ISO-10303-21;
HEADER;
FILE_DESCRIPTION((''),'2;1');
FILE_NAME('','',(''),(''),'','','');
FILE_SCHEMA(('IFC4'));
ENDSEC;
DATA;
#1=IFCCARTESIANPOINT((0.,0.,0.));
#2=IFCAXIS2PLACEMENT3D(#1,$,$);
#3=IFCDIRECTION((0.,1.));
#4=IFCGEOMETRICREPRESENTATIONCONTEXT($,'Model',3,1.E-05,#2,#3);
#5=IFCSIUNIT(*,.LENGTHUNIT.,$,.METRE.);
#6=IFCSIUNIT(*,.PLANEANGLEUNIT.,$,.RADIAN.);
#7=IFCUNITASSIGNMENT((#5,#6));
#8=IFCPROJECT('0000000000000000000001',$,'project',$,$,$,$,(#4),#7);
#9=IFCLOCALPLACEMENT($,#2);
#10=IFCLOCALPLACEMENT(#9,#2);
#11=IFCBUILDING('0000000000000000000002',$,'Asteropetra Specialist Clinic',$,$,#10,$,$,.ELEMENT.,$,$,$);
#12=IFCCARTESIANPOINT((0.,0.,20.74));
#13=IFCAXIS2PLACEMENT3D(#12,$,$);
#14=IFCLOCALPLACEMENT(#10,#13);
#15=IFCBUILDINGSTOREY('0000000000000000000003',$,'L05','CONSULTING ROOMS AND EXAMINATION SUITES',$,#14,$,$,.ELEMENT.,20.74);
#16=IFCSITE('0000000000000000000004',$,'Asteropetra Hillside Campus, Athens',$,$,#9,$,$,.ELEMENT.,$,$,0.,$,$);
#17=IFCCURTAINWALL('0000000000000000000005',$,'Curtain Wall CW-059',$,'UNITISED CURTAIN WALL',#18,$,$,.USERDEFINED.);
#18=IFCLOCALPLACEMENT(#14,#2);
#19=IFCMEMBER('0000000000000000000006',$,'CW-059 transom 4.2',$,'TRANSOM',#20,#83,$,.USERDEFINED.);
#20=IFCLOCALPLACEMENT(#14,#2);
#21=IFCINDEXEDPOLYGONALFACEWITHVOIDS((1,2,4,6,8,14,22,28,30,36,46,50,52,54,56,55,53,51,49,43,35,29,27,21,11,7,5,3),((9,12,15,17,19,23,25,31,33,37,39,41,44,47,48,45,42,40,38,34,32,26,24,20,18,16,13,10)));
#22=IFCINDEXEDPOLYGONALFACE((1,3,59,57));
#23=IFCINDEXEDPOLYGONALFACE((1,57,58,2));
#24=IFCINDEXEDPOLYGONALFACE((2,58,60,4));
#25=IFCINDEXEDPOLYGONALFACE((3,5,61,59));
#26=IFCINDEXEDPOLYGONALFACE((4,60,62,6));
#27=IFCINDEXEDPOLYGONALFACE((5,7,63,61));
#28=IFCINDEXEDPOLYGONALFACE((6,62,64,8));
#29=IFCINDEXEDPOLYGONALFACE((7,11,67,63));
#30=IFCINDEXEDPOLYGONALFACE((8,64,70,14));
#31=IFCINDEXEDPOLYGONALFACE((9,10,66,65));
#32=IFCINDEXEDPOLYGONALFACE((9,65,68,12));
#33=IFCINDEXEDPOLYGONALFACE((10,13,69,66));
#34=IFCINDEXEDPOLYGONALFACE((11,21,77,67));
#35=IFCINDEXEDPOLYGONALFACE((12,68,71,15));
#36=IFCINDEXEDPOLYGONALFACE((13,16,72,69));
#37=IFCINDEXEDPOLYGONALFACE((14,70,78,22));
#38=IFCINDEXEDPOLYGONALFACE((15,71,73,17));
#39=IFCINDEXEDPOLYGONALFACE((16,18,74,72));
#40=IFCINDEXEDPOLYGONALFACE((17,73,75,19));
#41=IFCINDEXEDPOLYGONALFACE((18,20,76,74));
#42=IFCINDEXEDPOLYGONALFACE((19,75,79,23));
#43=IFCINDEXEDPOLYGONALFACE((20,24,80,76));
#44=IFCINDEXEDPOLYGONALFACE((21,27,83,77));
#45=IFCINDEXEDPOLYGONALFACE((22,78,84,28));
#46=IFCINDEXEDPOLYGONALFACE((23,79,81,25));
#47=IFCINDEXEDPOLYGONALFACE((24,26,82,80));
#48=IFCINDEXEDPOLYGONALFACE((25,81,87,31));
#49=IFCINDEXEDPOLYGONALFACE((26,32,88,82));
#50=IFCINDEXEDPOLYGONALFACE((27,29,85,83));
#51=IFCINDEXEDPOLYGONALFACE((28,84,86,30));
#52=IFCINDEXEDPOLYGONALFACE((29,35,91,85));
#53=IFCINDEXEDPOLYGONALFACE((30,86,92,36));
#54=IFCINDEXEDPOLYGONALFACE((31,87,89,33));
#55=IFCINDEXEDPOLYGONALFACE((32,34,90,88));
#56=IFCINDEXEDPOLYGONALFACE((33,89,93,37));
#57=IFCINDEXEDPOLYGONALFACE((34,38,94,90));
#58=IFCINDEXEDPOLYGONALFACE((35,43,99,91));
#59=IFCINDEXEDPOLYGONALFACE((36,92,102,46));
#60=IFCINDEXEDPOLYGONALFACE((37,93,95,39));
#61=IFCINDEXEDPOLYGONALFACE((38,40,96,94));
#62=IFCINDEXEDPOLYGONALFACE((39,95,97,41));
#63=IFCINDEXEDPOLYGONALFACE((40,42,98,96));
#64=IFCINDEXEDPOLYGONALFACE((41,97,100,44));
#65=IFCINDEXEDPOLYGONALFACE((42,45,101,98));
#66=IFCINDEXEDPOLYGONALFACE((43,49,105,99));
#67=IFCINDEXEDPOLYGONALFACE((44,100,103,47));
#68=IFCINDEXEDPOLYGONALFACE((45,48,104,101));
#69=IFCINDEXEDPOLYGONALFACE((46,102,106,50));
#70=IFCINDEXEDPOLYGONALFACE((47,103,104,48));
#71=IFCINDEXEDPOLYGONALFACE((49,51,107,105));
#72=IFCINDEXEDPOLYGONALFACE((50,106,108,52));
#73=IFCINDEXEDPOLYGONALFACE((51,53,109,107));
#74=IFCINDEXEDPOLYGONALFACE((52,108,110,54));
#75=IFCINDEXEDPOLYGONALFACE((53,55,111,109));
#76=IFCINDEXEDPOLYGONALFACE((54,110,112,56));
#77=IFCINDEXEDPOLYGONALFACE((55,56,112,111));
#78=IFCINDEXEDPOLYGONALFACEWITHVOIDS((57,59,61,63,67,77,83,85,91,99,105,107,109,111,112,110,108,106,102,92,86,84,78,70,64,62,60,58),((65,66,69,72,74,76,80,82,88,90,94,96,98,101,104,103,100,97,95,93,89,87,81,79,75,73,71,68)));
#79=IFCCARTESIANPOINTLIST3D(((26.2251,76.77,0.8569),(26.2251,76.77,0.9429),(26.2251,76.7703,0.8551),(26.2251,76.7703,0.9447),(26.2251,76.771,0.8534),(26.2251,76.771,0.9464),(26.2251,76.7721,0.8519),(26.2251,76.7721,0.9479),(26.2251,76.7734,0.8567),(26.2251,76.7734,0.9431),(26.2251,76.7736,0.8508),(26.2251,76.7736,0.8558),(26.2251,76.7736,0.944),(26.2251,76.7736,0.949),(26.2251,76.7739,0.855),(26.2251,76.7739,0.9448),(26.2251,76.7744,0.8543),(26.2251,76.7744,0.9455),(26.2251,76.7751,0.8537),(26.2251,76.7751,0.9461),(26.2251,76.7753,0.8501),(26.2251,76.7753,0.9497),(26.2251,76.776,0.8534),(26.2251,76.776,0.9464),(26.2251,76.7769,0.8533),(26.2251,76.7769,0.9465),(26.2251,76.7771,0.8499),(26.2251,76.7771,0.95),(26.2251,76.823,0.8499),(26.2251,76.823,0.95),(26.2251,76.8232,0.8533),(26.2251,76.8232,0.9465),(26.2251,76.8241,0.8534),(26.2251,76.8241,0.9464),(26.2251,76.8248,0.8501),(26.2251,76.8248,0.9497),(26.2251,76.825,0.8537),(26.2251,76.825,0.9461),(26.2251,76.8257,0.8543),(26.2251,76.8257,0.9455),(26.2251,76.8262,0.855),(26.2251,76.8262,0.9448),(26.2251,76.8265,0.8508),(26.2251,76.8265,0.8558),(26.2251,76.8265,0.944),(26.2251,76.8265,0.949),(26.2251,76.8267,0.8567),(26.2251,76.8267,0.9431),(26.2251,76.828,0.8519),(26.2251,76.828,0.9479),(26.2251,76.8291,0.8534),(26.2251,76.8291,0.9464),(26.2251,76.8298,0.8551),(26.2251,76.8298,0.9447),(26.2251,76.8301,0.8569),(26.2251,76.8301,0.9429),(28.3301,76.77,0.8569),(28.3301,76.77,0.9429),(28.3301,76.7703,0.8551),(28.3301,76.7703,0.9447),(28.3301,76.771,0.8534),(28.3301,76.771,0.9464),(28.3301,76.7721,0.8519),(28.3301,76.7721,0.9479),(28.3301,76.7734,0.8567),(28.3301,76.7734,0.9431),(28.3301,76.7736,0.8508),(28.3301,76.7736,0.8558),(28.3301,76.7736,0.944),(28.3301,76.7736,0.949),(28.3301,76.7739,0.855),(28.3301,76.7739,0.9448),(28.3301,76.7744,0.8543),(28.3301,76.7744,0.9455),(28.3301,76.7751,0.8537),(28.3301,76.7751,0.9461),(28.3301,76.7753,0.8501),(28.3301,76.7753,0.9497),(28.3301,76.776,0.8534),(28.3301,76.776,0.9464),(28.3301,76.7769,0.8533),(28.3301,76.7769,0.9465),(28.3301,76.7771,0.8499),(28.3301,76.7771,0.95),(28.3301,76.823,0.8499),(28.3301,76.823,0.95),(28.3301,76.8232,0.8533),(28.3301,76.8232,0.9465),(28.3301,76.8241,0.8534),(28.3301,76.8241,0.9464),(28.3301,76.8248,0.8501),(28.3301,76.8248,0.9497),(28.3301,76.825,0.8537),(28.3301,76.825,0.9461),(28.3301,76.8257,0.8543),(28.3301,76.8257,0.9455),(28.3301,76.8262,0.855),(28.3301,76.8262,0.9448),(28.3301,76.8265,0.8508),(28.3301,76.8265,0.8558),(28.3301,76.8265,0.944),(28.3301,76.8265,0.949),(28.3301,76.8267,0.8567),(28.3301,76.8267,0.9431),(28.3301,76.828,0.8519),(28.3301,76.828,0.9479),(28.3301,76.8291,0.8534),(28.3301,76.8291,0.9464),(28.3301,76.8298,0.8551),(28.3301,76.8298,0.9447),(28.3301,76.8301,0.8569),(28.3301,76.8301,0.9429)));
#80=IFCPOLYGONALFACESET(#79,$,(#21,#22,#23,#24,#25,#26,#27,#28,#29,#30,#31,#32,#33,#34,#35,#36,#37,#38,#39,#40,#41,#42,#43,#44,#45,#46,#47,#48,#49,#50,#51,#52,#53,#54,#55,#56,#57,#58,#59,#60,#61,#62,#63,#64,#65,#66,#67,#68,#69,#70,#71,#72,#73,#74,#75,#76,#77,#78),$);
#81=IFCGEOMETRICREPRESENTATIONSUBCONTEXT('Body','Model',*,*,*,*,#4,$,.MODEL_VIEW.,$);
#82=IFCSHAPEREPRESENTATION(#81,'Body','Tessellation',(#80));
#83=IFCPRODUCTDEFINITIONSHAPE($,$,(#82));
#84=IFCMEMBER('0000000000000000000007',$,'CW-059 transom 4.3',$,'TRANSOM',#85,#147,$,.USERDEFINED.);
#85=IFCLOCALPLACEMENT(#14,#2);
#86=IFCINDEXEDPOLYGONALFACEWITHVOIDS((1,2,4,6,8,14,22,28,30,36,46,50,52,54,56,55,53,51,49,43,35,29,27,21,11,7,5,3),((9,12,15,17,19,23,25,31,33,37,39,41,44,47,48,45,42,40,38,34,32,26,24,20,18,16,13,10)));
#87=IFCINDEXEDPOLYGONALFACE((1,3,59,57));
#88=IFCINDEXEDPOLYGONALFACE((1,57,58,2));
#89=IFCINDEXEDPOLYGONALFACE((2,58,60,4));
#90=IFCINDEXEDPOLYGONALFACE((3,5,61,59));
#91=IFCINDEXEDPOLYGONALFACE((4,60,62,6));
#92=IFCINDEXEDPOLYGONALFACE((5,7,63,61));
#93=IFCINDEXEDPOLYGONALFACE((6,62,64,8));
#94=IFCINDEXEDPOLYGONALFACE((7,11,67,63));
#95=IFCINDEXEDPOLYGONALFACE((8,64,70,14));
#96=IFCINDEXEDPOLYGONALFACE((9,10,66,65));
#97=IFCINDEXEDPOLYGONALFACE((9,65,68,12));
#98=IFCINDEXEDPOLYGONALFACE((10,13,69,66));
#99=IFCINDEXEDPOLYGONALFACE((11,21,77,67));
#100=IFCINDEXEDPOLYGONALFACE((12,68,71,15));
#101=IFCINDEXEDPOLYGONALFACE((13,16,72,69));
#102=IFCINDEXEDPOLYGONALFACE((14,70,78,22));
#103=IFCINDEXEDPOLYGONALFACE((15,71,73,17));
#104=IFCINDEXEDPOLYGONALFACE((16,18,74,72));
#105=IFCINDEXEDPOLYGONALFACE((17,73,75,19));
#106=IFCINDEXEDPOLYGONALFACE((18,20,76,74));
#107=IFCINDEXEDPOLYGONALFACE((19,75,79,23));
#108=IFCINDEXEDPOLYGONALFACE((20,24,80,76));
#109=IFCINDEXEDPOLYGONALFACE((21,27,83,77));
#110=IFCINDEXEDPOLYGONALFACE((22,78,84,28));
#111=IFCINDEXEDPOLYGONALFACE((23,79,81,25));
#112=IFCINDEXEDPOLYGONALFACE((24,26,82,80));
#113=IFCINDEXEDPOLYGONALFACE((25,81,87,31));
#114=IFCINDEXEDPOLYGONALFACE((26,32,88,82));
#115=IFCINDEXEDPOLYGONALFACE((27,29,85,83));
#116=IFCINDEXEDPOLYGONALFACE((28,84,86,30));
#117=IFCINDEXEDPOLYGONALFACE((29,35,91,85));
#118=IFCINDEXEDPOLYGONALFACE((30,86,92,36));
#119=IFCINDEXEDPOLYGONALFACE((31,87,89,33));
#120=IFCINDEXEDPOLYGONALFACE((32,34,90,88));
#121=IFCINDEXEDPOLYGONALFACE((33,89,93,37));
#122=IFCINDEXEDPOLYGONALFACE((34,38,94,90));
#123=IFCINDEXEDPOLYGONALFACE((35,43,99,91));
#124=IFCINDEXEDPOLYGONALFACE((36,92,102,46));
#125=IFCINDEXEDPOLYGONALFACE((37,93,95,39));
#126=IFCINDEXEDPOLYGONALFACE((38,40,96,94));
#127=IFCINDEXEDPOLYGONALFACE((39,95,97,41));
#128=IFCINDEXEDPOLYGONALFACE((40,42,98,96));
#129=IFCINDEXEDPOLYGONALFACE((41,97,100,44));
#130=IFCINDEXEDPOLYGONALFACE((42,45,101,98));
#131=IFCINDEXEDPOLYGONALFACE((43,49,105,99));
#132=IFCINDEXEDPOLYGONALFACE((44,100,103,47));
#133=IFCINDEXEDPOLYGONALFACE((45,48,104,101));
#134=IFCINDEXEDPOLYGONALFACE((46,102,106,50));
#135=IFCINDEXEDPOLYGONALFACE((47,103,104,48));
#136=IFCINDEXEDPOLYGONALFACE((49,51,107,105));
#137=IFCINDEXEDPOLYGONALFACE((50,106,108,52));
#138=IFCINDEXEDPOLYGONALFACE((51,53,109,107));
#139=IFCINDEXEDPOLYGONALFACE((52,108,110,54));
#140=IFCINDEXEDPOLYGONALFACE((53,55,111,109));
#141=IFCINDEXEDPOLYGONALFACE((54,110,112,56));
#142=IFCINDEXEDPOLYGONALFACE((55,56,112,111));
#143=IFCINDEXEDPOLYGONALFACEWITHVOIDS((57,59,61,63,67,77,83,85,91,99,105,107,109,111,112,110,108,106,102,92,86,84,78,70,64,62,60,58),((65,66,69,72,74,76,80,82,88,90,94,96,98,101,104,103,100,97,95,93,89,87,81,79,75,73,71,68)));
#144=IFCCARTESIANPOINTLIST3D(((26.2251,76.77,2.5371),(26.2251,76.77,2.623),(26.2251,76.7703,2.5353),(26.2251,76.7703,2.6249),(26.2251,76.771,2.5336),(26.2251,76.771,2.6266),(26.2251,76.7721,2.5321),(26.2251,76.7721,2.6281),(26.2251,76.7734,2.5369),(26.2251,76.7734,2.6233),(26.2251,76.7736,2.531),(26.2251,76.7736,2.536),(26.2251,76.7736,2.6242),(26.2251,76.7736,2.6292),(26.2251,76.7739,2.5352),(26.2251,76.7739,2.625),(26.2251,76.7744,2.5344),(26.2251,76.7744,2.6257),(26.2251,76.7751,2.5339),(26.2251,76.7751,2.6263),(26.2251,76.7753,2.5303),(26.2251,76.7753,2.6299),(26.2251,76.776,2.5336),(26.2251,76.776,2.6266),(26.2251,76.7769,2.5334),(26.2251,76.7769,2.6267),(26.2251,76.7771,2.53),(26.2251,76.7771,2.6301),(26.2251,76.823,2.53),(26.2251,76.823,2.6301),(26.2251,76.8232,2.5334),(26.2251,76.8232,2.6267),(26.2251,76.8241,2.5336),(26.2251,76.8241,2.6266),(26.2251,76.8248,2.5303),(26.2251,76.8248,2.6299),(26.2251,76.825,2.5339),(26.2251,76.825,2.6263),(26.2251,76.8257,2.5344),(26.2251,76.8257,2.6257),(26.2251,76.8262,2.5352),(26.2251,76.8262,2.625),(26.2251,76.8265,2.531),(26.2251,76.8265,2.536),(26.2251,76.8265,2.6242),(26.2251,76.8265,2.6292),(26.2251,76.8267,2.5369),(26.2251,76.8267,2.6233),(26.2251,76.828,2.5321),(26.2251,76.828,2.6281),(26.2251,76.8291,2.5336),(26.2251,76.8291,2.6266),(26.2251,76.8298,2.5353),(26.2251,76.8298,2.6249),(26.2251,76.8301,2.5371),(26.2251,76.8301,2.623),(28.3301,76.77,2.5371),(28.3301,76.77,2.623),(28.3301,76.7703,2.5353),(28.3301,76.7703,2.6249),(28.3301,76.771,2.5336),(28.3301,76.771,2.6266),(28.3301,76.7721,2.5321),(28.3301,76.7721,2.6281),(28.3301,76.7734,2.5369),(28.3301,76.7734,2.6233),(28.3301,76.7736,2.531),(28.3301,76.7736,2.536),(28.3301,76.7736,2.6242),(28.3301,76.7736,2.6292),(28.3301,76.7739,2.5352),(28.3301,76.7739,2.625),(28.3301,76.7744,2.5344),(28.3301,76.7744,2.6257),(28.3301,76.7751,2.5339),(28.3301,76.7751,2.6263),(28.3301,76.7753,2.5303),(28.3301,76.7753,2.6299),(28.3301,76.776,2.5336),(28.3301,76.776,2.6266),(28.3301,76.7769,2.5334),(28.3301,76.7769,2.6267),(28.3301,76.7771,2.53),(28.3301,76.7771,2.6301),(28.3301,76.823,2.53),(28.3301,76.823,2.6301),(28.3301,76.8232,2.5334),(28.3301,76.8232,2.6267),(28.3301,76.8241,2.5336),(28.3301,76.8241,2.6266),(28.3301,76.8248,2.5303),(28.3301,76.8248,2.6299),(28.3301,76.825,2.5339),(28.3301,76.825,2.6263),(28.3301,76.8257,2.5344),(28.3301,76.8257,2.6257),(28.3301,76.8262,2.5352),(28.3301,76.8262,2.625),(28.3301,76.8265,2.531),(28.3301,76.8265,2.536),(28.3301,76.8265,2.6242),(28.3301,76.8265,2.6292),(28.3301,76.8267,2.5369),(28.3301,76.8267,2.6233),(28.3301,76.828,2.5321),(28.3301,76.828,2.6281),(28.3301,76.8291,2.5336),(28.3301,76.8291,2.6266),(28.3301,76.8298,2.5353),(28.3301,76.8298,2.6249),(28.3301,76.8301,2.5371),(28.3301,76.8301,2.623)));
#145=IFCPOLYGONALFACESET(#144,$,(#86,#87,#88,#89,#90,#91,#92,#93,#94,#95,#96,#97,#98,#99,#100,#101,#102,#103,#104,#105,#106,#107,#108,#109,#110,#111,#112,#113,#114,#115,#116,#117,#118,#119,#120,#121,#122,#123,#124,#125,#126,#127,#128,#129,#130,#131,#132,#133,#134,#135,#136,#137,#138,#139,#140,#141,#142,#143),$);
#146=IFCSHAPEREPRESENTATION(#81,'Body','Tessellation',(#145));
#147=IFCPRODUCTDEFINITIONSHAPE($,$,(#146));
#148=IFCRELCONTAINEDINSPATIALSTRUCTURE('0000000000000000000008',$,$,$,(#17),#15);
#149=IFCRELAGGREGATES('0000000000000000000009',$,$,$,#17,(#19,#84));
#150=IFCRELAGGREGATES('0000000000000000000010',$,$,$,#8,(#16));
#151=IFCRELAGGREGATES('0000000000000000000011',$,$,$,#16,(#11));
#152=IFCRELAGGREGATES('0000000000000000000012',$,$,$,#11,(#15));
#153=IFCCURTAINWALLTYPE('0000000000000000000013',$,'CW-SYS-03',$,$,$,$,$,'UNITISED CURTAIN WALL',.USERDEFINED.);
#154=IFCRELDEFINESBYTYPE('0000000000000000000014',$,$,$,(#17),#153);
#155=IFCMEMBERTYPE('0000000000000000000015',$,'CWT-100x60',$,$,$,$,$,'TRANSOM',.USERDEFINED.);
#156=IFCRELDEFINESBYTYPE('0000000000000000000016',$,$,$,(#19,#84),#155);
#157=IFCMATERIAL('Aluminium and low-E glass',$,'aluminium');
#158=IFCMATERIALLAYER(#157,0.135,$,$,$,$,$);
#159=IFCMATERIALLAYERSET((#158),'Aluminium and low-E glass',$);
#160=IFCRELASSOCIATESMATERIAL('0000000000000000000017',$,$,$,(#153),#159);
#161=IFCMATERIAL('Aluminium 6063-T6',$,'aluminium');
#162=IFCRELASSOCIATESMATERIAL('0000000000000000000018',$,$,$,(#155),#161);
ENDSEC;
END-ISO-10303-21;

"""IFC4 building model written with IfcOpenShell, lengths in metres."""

from ifc_helpers import new_model, si_unit, direction, frame, origin, origin_2d, place, context, subcontext, project, spatial, hollow_rectangle, extrude, material, layer, layer_set, material_profile, profile_set, type_object, element, aggregate, save


model = new_model("IFC4")

# Units and contexts
model_context = context("Model", 3, precision=1e-05, world=origin(), true_north=direction((0.0, 1.0)))
body_context = subcontext(model_context, "Body", "Model", "MODEL_VIEW")
ifc_project = project(units=[si_unit("LENGTHUNIT", "METRE"), si_unit("PLANEANGLEUNIT", "RADIAN")], contexts=[model_context])

# Site, building, storey
site_placement = place(None, origin())
site = spatial("IfcSite", under=ifc_project, at=site_placement, Name="Asteropetra Hillside Campus, Athens", CompositionType="ELEMENT", RefElevation=0.0)
building_placement = place(site_placement, origin())
building = spatial("IfcBuilding", under=site, at=building_placement, Name="Asteropetra Specialist Clinic", CompositionType="ELEMENT")
storey_placement = place(building_placement, frame((0.0, 0.0, 20.74)))
storey = spatial("IfcBuildingStorey", under=building, at=storey_placement, Name="L05", Description="CONSULTING ROOMS AND EXAMINATION SUITES", CompositionType="ELEMENT", Elevation=20.74)

# Curtain wall
ifc_material_1 = material(Name="Aluminium and low-E glass", Category="aluminium")
ifc_layer_1 = layer(ifc_material_1, 0.135)
ifc_layer_set_1 = layer_set([ifc_layer_1], Name="Aluminium and low-E glass")
curtain_wall_type_1 = type_object("IfcCurtainWallType", Name="CW-SYS-03", ElementType="UNITISED CURTAIN WALL", PredefinedType="USERDEFINED", material=ifc_layer_set_1)
curtain_wall_1_placement = place(storey_placement, origin())
curtain_wall_1 = element("IfcCurtainWall", 1, at=curtain_wall_1_placement, inside=storey, type_object=curtain_wall_type_1, Name="Curtain Wall CW-059", ObjectType="UNITISED CURTAIN WALL", PredefinedType="USERDEFINED")

# Members
ifc_material_2 = material(Name="Aluminium 6063-T6", Category="aluminium")
ifc_material_profile_1 = material_profile(ifc_material_2, hollow_rectangle(XDim=0.0601, YDim=0.1001, WallThickness=0.0034, InnerFilletRadius=0.0034, OuterFilletRadius=0.0071, at=origin_2d()), Name="TRN 100x60x3.5")
ifc_profile_set_1 = profile_set([ifc_material_profile_1], Name="Aluminium 6063-T6")
member_type_1 = type_object("IfcMemberType", Name="CWT-100x60", ElementType="TRANSOM", PredefinedType="USERDEFINED", material=ifc_profile_set_1)
member_1_placement = place(storey_placement, frame((26.2251, 76.8, 0.8999), z_axis=(1.0, 0.0, 0.0), x_axis=(0.0, 1.0, 0.0)))
member_1 = element("IfcMember", 2, at=member_1_placement, type_object=member_type_1, Name="CW-059 transom 4.2", ObjectType="TRANSOM", PredefinedType="USERDEFINED", context=body_context, shape_type="SweptSolid", body=[
    extrude(hollow_rectangle(XDim=0.0601, YDim=0.1001, WallThickness=0.0034, InnerFilletRadius=0.0034, OuterFilletRadius=0.0071, at=origin_2d()), origin(), (0.0, 0.0, 1.0), 2.105),
])
member_2_placement = place(storey_placement, frame((26.2251, 76.8, 2.5801), z_axis=(1.0, 0.0, 0.0), x_axis=(0.0, 1.0, 0.0)))
member_2 = element("IfcMember", 3, at=member_2_placement, type_object=member_type_1, Name="CW-059 transom 4.3", ObjectType="TRANSOM", PredefinedType="USERDEFINED", context=body_context, shape_type="SweptSolid", body=[
    extrude(hollow_rectangle(XDim=0.0601, YDim=0.1001, WallThickness=0.0034, InnerFilletRadius=0.0034, OuterFilletRadius=0.0071, at=origin_2d()), origin(), (0.0, 0.0, 1.0), 2.105),
])

aggregate(curtain_wall_1, [member_1, member_2])

save(model, "model.ifc")
